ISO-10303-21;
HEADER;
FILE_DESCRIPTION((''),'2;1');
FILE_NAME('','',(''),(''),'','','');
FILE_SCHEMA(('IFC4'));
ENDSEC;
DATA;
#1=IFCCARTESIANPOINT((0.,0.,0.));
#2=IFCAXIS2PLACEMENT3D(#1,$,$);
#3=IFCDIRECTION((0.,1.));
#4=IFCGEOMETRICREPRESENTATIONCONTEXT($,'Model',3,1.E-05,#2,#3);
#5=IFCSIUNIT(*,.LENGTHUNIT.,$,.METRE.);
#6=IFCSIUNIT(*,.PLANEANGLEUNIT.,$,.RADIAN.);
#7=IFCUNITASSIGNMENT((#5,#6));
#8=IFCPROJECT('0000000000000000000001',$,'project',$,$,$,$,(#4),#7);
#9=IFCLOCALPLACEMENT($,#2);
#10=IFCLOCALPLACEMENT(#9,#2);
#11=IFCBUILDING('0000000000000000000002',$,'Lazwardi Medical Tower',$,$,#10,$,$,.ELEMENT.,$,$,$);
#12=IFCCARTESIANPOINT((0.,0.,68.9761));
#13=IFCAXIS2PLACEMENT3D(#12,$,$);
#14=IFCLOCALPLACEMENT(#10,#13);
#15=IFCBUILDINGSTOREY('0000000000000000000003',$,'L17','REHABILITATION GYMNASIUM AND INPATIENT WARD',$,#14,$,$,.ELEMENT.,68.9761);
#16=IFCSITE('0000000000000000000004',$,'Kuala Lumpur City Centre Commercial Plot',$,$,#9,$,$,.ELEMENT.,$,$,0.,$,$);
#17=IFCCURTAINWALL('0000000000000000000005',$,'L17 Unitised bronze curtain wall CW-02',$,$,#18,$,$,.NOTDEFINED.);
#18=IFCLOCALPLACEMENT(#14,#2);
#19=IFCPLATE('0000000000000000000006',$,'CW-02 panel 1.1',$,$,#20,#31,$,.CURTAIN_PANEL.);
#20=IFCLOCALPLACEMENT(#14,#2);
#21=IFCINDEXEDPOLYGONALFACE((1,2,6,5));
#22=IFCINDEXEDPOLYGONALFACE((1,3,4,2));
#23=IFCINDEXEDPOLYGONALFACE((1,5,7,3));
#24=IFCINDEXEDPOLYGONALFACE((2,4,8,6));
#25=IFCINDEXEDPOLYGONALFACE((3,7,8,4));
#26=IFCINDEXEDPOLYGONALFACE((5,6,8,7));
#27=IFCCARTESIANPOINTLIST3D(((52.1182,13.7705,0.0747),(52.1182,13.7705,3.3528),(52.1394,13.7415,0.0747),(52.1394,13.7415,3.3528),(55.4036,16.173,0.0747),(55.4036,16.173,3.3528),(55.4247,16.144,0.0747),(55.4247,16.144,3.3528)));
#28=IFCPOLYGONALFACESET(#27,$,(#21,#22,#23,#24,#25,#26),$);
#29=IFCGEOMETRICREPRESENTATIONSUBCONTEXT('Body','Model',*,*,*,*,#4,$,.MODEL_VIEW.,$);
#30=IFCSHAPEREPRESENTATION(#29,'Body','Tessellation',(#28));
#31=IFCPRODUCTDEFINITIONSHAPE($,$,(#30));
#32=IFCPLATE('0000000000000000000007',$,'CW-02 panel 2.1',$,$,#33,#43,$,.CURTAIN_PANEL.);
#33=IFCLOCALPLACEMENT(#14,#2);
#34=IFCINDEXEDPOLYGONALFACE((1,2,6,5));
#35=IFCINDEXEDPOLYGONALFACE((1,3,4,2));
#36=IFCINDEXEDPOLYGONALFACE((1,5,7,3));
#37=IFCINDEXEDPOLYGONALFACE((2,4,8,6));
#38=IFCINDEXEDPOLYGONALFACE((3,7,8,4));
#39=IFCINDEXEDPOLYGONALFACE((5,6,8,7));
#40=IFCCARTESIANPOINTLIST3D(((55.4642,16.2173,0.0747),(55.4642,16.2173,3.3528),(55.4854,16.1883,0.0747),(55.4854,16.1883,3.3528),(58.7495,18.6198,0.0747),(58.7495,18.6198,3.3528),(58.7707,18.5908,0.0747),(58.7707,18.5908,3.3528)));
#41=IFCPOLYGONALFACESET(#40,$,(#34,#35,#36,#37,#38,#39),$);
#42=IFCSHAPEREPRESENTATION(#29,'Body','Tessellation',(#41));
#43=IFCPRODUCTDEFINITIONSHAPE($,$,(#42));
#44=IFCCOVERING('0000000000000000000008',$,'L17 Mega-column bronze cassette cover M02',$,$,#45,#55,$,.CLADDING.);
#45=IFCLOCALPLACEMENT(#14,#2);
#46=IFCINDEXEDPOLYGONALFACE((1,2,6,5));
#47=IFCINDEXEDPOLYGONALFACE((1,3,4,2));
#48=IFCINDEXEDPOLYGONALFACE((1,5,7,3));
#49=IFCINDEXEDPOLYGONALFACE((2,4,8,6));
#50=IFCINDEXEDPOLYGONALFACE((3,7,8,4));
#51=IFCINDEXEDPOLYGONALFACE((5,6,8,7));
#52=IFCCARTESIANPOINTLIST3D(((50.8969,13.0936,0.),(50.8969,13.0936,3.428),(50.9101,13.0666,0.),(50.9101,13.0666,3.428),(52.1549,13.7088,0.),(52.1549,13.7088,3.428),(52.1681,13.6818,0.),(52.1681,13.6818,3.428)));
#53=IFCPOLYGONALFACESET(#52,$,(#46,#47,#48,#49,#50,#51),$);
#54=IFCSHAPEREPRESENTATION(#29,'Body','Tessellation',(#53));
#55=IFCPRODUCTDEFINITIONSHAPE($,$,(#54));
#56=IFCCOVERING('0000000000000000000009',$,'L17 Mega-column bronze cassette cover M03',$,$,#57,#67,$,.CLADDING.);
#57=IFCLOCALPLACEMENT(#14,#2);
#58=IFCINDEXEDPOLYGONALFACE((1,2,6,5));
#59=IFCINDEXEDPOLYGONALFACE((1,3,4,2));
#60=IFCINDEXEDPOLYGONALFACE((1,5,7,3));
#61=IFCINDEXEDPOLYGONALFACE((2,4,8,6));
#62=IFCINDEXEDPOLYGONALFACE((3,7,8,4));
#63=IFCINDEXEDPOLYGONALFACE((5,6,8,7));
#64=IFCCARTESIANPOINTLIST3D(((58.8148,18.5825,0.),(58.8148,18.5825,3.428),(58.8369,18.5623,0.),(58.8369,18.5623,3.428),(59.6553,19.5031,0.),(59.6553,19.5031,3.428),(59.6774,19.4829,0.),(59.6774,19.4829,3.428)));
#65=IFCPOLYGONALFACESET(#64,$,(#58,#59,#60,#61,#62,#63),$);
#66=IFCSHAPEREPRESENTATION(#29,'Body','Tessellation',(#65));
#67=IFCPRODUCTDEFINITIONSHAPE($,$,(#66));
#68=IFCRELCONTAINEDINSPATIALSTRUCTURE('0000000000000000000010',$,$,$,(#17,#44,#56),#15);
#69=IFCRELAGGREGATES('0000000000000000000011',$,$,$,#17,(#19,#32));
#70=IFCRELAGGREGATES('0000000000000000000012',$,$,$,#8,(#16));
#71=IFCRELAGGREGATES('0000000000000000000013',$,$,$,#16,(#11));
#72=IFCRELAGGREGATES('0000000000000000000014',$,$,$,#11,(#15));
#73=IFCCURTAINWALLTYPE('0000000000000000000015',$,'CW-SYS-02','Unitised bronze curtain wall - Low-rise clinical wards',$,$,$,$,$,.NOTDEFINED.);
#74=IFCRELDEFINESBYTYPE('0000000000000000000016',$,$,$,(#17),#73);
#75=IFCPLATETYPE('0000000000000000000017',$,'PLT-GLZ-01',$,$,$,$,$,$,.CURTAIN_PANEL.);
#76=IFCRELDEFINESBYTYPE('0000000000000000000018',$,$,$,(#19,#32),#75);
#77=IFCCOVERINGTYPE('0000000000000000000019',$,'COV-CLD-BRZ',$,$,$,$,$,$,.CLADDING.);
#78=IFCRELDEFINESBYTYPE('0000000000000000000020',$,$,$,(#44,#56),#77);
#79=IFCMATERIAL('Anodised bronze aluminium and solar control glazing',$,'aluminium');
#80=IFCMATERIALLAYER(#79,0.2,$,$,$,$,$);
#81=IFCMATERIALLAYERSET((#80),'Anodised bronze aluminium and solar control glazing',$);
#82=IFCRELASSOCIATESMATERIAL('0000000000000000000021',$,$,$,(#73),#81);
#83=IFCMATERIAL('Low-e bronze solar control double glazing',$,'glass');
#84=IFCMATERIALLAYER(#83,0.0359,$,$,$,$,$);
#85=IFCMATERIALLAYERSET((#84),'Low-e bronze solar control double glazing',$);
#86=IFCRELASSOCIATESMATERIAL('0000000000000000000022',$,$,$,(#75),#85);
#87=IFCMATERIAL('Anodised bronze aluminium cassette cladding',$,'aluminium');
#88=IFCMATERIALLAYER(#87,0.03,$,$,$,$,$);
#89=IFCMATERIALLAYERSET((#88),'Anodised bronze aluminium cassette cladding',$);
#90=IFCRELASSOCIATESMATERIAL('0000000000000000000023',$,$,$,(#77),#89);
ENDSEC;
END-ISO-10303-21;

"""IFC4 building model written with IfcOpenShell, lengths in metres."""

from ifc_helpers import new_model, si_unit, direction, frame, origin, origin_2d, place, context, subcontext, project, spatial, rectangle, extrude, material, layer, layer_set, type_object, element, aggregate, save


model = new_model("IFC4")

# Units and contexts
model_context = context("Model", 3, precision=1e-05, world=origin(), true_north=direction((0.0, 1.0)))
body_context = subcontext(model_context, "Body", "Model", "MODEL_VIEW")
ifc_project = project(units=[si_unit("LENGTHUNIT", "METRE"), si_unit("PLANEANGLEUNIT", "RADIAN")], contexts=[model_context])

# Site, building, storey
site_placement = place(None, origin())
site = spatial("IfcSite", under=ifc_project, at=site_placement, Name="Kuala Lumpur City Centre Commercial Plot", CompositionType="ELEMENT", RefElevation=0.0)
building_placement = place(site_placement, origin())
building = spatial("IfcBuilding", under=site, at=building_placement, Name="Lazwardi Medical Tower", CompositionType="ELEMENT")
storey_placement = place(building_placement, frame((0.0, 0.0, 68.9761)))
storey = spatial("IfcBuildingStorey", under=building, at=storey_placement, Name="L17", Description="REHABILITATION GYMNASIUM AND INPATIENT WARD", CompositionType="ELEMENT", Elevation=68.9761)

# Shared definitions
ifc_material_1 = material(Name="Anodised bronze aluminium and solar control glazing", Category="aluminium")
ifc_layer_1 = layer(ifc_material_1, 0.2)
ifc_layer_set_1 = layer_set([ifc_layer_1], Name="Anodised bronze aluminium and solar control glazing")
curtain_wall_type = type_object("IfcCurtainWallType", Name="CW-SYS-02", Description="Unitised bronze curtain wall - Low-rise clinical wards", PredefinedType="NOTDEFINED", material=ifc_layer_set_1)

# Curtain wall
curtain_wall_1_placement = place(storey_placement, origin())
curtain_wall_1 = element("IfcCurtainWall", 1, at=curtain_wall_1_placement, inside=storey, type_object=curtain_wall_type, Name="L17 Unitised bronze curtain wall CW-02", PredefinedType="NOTDEFINED")

# Plates
ifc_material_2 = material(Name="Low-e bronze solar control double glazing", Category="glass")
ifc_layer_2 = layer(ifc_material_2, 0.0359)
ifc_layer_set_2 = layer_set([ifc_layer_2], Name="Low-e bronze solar control double glazing")
plate_type = type_object("IfcPlateType", Name="PLT-GLZ-01", PredefinedType="CURTAIN_PANEL", material=ifc_layer_set_2)
plate_1_placement = place(storey_placement, frame((53.7715, 14.9573, 0.0747), z_axis=(0.0, 0.0, 1.0), x_axis=(0.807192, 0.590289, 0.0)))
plate_1 = element("IfcPlate", 2, at=plate_1_placement, type_object=plate_type, Name="CW-02 panel 1.1", PredefinedType="CURTAIN_PANEL", context=body_context, shape_type="SweptSolid", body=[
    extrude(rectangle(XDim=4.0701, YDim=0.0359, at=origin_2d()), origin(), (0.0, 0.0, 1.0), 3.2781),
])
plate_2_placement = place(storey_placement, frame((57.1174, 17.4041, 0.0747), z_axis=(0.0, 0.0, 1.0), x_axis=(0.807192, 0.590289, 0.0)))
plate_2 = element("IfcPlate", 3, at=plate_2_placement, type_object=plate_type, Name="CW-02 panel 2.1", PredefinedType="CURTAIN_PANEL", context=body_context, shape_type="SweptSolid", body=[
    extrude(rectangle(XDim=4.0701, YDim=0.0359, at=origin_2d()), origin(), (0.0, 0.0, 1.0), 3.2781),
])
aggregate(curtain_wall_1, [plate_1, plate_2])

# Coverings
ifc_material_3 = material(Name="Anodised bronze aluminium cassette cladding", Category="aluminium")
ifc_layer_3 = layer(ifc_material_3, 0.03)
ifc_layer_set_3 = layer_set([ifc_layer_3], Name="Anodised bronze aluminium cassette cladding")
covering_type = type_object("IfcCoveringType", Name="COV-CLD-BRZ", PredefinedType="CLADDING", material=ifc_layer_set_3)
covering_1_placement = place(storey_placement, frame((51.5325, 13.3877, 0.0), z_axis=(0.0, 0.0, 1.0), x_axis=(0.898334, 0.439312, 0.0)))
element("IfcCovering", 4, at=covering_1_placement, inside=storey, type_object=covering_type, Name="L17 Mega-column bronze cassette cover M02", PredefinedType="CLADDING", context=body_context, shape_type="SweptSolid", body=[
    extrude(rectangle(XDim=1.4004, YDim=0.03, at=origin_2d()), origin(), (0.0, 0.0, 1.0), 3.428),
])
covering_2_placement = place(storey_placement, frame((59.2461, 19.0327, 0.0), z_axis=(0.0, 0.0, 1.0), x_axis=(0.674252, 0.738501, 0.0)))
element("IfcCovering", 5, at=covering_2_placement, inside=storey, type_object=covering_type, Name="L17 Mega-column bronze cassette cover M03", PredefinedType="CLADDING", context=body_context, shape_type="SweptSolid", body=[
    extrude(rectangle(XDim=1.2466, YDim=0.03, at=origin_2d()), origin(), (0.0, 0.0, 1.0), 3.428),
])

save(model, "model.ifc")
